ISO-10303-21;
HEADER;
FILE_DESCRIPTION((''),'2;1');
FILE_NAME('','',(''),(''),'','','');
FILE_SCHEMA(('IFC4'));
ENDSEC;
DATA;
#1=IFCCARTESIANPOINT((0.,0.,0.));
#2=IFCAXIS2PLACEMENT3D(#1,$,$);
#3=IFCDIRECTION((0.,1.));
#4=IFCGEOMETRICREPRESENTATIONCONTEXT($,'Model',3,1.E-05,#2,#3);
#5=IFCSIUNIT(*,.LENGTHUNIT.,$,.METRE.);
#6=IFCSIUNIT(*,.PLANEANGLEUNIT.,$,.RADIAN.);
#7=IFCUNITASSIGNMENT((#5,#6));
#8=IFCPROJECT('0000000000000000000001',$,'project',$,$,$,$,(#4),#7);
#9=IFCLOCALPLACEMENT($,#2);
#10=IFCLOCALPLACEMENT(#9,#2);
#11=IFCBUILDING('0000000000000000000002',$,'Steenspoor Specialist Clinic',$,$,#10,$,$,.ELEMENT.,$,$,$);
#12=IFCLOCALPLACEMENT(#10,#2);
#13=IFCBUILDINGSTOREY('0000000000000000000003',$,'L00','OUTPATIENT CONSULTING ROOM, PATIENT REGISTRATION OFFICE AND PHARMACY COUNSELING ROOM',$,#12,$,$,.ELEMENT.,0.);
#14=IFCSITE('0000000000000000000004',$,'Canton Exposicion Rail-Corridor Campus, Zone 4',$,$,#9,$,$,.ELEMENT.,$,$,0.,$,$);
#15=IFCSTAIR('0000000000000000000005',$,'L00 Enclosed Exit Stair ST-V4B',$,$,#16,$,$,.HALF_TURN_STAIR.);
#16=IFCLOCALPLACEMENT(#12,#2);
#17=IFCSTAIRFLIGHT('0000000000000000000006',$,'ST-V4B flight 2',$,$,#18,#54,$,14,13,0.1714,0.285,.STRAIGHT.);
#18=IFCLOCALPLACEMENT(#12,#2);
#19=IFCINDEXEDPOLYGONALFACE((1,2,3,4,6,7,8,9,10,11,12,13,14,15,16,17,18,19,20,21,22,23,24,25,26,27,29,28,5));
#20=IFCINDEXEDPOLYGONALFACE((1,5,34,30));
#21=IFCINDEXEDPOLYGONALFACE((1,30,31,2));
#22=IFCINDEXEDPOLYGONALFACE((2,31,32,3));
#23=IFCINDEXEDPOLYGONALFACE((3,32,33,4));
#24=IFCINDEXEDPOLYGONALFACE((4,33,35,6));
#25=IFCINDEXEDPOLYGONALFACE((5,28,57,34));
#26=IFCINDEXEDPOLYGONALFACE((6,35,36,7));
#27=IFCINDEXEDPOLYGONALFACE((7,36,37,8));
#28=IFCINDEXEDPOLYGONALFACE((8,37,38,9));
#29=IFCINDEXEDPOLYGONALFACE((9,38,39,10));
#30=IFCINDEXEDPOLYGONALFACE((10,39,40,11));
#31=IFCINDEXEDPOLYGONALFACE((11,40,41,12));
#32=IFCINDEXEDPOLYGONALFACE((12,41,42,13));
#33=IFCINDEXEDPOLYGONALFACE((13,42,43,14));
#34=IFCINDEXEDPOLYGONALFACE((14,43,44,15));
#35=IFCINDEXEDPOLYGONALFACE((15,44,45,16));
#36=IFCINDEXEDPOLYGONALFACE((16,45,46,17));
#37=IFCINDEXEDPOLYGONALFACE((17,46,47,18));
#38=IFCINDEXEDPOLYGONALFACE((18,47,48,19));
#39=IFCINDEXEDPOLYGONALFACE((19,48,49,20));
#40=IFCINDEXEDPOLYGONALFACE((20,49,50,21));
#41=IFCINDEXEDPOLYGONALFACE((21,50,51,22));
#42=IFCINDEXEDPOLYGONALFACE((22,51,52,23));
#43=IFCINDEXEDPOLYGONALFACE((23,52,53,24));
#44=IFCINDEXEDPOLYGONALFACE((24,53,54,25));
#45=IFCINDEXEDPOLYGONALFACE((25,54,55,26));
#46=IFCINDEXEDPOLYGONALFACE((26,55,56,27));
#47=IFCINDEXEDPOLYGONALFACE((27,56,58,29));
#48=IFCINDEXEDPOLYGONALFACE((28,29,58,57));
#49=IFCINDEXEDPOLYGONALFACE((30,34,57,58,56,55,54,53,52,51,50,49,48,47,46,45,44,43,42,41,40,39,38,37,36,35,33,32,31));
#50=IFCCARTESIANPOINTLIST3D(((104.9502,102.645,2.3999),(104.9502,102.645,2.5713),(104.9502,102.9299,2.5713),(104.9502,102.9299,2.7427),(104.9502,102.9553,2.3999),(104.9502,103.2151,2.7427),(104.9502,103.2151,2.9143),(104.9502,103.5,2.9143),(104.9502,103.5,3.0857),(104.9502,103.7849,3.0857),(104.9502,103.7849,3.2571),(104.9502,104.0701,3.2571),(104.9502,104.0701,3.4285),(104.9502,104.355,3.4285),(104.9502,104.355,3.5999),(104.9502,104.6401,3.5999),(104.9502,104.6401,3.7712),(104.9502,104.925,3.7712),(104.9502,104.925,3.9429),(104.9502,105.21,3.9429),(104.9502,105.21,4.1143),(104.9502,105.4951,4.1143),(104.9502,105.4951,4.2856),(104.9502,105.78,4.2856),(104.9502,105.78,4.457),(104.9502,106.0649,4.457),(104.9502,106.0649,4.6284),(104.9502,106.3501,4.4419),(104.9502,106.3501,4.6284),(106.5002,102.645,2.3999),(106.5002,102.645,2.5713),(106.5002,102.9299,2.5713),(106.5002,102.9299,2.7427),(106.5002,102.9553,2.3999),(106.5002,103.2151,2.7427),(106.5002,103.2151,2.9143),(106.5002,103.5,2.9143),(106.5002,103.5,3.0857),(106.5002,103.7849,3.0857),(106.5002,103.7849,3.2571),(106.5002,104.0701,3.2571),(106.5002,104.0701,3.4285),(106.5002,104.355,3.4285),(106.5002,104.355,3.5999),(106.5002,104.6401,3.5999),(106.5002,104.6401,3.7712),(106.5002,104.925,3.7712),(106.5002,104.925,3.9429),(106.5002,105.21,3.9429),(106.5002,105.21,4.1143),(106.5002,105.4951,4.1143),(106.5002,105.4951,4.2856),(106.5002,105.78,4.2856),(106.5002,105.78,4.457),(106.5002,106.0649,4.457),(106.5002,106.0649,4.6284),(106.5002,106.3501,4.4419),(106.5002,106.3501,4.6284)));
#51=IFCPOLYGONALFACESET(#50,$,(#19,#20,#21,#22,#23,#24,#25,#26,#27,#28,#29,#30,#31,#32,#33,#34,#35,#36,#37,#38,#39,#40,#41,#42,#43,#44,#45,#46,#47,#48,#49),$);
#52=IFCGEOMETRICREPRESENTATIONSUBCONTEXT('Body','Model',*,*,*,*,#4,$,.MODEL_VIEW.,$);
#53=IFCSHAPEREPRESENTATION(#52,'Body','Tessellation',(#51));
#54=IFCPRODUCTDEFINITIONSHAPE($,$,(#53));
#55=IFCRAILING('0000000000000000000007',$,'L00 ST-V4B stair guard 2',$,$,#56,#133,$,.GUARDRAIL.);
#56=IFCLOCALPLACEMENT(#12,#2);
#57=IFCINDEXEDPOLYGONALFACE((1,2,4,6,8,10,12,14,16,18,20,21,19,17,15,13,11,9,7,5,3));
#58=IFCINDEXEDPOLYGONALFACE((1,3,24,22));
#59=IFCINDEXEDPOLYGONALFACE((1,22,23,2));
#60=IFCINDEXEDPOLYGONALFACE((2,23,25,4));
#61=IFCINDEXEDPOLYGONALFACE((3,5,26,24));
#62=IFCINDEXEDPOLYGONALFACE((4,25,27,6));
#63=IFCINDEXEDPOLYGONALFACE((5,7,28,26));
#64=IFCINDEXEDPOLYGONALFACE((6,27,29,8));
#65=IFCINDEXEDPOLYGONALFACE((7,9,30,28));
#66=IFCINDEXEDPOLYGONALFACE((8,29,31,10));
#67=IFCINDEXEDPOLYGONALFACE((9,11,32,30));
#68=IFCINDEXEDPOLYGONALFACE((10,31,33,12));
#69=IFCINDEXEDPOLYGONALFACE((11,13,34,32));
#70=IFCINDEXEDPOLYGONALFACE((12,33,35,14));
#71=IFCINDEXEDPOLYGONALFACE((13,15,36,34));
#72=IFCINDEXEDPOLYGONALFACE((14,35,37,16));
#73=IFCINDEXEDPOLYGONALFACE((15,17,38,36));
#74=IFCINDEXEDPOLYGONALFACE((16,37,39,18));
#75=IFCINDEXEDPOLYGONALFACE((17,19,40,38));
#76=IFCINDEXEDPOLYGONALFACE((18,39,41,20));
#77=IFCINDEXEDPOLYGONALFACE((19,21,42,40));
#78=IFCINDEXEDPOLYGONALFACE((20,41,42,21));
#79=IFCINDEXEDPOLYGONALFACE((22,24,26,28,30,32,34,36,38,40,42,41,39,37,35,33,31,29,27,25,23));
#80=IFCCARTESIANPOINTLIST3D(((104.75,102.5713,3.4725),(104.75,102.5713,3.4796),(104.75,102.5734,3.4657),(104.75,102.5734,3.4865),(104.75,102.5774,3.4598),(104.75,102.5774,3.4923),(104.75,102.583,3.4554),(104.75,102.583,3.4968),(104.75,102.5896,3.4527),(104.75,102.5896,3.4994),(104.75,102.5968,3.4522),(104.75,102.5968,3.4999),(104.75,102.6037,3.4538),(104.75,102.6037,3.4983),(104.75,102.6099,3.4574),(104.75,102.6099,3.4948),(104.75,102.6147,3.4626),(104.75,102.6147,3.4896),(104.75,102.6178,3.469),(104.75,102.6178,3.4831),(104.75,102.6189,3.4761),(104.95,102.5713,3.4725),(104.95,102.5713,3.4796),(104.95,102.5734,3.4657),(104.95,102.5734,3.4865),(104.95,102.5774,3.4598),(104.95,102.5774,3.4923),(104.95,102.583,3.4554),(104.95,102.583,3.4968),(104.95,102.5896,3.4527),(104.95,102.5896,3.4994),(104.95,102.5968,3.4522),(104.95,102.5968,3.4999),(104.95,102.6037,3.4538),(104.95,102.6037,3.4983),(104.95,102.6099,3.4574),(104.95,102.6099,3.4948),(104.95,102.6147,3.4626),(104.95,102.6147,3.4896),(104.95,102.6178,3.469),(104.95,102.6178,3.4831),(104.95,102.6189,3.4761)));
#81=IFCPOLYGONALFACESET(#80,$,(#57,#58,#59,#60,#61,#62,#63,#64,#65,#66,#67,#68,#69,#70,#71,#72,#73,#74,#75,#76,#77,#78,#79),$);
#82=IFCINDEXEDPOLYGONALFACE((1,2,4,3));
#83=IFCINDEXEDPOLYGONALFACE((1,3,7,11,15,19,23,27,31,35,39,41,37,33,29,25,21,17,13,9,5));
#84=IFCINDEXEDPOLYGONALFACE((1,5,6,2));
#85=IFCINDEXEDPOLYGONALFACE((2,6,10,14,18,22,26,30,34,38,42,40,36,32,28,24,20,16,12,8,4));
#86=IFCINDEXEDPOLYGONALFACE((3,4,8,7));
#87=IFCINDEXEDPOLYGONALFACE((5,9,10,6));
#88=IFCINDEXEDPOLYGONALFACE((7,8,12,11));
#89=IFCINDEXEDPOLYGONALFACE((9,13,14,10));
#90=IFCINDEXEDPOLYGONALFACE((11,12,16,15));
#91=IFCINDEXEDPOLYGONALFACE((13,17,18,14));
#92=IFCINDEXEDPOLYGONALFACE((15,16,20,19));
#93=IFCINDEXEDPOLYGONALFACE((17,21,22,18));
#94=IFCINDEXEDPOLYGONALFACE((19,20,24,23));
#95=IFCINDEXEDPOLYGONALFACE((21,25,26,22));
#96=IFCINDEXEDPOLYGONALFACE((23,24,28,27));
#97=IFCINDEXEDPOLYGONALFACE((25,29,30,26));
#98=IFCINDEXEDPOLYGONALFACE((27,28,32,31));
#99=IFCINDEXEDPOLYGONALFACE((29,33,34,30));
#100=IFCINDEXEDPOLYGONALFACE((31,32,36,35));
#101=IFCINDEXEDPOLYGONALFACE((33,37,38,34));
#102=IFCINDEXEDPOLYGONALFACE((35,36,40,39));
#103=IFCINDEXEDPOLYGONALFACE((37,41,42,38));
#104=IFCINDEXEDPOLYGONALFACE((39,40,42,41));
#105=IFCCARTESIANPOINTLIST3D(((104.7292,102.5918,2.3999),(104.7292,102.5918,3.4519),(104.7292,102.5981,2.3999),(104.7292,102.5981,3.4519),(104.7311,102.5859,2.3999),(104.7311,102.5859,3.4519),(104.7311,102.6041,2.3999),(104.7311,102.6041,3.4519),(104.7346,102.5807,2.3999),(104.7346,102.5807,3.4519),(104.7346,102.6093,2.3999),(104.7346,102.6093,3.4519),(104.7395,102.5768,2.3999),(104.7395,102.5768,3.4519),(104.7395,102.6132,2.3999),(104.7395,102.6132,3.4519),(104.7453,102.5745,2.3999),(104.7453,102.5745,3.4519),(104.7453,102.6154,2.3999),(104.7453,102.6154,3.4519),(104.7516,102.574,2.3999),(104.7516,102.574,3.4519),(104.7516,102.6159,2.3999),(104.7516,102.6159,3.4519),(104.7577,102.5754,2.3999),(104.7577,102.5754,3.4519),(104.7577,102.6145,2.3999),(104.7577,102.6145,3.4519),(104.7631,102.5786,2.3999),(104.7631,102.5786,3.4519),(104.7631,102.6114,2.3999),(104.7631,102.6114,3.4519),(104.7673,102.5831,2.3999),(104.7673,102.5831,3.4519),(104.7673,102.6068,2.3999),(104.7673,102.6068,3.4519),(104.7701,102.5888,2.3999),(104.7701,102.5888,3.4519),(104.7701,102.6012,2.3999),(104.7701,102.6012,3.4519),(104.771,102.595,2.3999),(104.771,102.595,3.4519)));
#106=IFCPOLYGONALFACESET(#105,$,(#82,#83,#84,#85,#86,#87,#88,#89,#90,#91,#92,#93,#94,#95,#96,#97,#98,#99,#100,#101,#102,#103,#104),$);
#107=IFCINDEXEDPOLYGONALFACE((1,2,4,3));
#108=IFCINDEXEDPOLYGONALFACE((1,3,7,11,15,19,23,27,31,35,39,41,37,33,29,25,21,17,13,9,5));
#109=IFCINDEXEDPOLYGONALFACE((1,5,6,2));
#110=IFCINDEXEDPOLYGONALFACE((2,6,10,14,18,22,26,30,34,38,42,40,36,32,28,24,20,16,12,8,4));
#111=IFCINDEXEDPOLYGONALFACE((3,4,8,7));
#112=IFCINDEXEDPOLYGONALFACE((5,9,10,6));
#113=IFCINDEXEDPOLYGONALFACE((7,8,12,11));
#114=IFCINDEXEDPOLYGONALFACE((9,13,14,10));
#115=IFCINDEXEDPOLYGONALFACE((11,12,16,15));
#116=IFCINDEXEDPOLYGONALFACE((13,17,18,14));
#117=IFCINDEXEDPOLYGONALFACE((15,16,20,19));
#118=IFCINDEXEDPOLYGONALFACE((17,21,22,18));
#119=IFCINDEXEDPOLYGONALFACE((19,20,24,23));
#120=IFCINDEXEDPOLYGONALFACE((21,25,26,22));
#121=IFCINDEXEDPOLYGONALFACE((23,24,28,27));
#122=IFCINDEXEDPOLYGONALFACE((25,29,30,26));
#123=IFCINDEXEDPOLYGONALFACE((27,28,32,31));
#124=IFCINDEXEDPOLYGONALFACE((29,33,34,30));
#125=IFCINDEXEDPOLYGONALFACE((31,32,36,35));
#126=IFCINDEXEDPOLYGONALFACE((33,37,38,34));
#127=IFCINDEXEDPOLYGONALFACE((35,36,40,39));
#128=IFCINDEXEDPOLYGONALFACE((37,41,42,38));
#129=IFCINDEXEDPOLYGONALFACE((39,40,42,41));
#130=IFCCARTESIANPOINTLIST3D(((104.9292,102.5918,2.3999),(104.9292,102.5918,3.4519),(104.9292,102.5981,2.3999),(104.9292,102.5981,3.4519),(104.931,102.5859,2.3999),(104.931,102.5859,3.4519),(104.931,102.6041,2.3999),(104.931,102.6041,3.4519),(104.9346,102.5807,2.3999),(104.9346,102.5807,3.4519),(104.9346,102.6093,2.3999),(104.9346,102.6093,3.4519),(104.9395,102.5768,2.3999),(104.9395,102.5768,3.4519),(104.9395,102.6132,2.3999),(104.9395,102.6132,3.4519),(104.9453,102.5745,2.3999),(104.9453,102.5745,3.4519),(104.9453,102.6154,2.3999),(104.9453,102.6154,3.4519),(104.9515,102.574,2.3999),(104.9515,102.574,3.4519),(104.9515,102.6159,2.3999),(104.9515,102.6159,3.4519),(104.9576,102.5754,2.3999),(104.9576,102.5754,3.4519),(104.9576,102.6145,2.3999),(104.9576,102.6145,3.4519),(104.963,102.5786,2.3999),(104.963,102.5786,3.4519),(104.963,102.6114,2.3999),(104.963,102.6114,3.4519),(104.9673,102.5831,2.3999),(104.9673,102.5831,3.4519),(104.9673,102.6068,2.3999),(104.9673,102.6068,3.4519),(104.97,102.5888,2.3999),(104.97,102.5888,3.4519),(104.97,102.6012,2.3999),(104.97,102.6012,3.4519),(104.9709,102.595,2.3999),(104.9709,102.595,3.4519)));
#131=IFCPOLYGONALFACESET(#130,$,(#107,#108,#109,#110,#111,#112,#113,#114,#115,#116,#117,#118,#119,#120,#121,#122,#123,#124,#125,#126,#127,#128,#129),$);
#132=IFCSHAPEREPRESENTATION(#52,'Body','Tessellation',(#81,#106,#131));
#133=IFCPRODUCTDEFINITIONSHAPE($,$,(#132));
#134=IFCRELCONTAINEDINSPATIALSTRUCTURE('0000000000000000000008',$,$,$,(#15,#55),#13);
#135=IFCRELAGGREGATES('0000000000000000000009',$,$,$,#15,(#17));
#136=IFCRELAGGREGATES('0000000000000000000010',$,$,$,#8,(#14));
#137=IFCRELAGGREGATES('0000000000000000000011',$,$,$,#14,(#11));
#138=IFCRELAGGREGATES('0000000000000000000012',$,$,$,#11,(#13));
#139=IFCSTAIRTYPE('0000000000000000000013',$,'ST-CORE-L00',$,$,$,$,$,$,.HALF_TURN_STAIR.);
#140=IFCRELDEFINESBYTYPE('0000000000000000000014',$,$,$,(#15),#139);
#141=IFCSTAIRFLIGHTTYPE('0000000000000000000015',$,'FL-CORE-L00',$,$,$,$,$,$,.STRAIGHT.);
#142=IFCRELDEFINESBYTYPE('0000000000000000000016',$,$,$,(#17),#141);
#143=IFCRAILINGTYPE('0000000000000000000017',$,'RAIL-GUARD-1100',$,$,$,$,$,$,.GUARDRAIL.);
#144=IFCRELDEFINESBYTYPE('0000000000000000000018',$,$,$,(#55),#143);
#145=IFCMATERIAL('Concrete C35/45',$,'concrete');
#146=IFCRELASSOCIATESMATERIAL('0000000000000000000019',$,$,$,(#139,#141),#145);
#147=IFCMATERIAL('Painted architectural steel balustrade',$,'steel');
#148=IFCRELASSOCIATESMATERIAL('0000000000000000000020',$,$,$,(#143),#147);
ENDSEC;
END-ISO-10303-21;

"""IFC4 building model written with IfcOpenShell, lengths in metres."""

from ifc_helpers import new_model, si_unit, direction, frame, origin, origin_2d, place, context, subcontext, project, spatial, polyline, circle, outline, extrude, material, type_object, element, aggregate, save


model = new_model("IFC4")

# Units and contexts
model_context = context("Model", 3, precision=1e-05, world=origin(), true_north=direction((0.0, 1.0)))
body_context = subcontext(model_context, "Body", "Model", "MODEL_VIEW")
ifc_project = project(units=[si_unit("LENGTHUNIT", "METRE"), si_unit("PLANEANGLEUNIT", "RADIAN")], contexts=[model_context])

# Site, building, storey
site_placement = place(None, origin())
site = spatial("IfcSite", under=ifc_project, at=site_placement, Name="Canton Exposicion Rail-Corridor Campus, Zone 4", CompositionType="ELEMENT", RefElevation=0.0)
building_placement = place(site_placement, origin())
building = spatial("IfcBuilding", under=site, at=building_placement, Name="Steenspoor Specialist Clinic", CompositionType="ELEMENT")
storey_placement = place(building_placement, origin())
storey = spatial("IfcBuildingStorey", under=building, at=storey_placement, Name="L00", Description="OUTPATIENT CONSULTING ROOM, PATIENT REGISTRATION OFFICE AND PHARMACY COUNSELING ROOM", CompositionType="ELEMENT", Elevation=0.0)

# Shared definitions
ifc_material_1 = material(Name="Concrete C35/45", Category="concrete")

# Stair, stair flight
stair_type = type_object("IfcStairType", Name="ST-CORE-L00", PredefinedType="HALF_TURN_STAIR", material=ifc_material_1)
stair_placement = place(storey_placement, origin())
stair = element("IfcStair", 1, at=stair_placement, inside=storey, type_object=stair_type, Name="L00 Enclosed Exit Stair ST-V4B", PredefinedType="HALF_TURN_STAIR")
stair_flight_type = type_object("IfcStairFlightType", Name="FL-CORE-L00", PredefinedType="STRAIGHT", material=ifc_material_1)
stair_flight_placement = place(storey_placement, frame((105.7251, 102.645, 2.3999), z_axis=(0.0, 0.0, 1.0), x_axis=(0.0, 1.0, 0.0)))
stair_flight = element("IfcStairFlight", 2, at=stair_flight_placement, type_object=stair_flight_type, Name="ST-V4B flight 2", NumberOfRisers=14, NumberOfTreads=13, PredefinedType="STRAIGHT", RiserHeight=0.1714, TreadLength=0.285, context=body_context, shape_type="SweptSolid", body=[
    extrude(outline(polyline([(0.0, 0.0), (0.0, 0.1714), (0.2849, 0.1714), (0.2849, 0.3428), (0.5701, 0.3428), (0.5701, 0.5144), (0.855, 0.5144), (0.855, 0.6858), (1.1399, 0.6858), (1.1399, 0.8572), (1.425, 0.8572), (1.425, 1.0286), (1.71, 1.0286), (1.71, 1.2), (1.9951, 1.2), (1.9951, 1.3713), (2.28, 1.3713), (2.28, 1.543), (2.5649, 1.543), (2.5649, 1.7144), (2.8501, 1.7144), (2.8501, 1.8857), (3.135, 1.8857), (3.135, 2.0571), (3.4199, 2.0571), (3.4199, 2.2285), (3.7051, 2.2285), (3.7051, 2.3999), (3.7051, 2.042), (0.3103, 0.0), (0.0, 0.0)])), frame((0.0, 0.7749, 0.0), z_axis=(0.0, -1.0, 0.0), x_axis=(1.0, 0.0, 0.0)), (0.0, 0.0, 1.0), 1.55),
])
aggregate(stair, [stair_flight])

# Railing
ifc_material_2 = material(Name="Painted architectural steel balustrade", Category="steel")
railing_type_1 = type_object("IfcRailingType", Name="RAIL-GUARD-1100", PredefinedType="GUARDRAIL", material=ifc_material_2)
railing_1_placement = place(storey_placement, frame((104.75, 102.595, 2.3999)))
element("IfcRailing", 3, at=railing_1_placement, inside=storey, type_object=railing_type_1, Name="L00 ST-V4B stair guard 2", PredefinedType="GUARDRAIL", context=body_context, shape_type="SweptSolid", body=[
    extrude(circle(Radius=0.0239, at=origin_2d()), frame((0.0, 0.0, 1.0762), z_axis=(1.0, 0.0, 0.0), x_axis=(0.0, 1.0, 0.0)), (0.0, 0.0, 1.0), 0.2),
    extrude(circle(Radius=0.021, at=origin_2d()), origin(), (0.0, 0.0, 1.0), 1.052),
    extrude(circle(Radius=0.021, at=origin_2d()), frame((0.2, 0.0, 0.0)), (0.0, 0.0, 1.0), 1.052),
])

save(model, "model.ifc")
